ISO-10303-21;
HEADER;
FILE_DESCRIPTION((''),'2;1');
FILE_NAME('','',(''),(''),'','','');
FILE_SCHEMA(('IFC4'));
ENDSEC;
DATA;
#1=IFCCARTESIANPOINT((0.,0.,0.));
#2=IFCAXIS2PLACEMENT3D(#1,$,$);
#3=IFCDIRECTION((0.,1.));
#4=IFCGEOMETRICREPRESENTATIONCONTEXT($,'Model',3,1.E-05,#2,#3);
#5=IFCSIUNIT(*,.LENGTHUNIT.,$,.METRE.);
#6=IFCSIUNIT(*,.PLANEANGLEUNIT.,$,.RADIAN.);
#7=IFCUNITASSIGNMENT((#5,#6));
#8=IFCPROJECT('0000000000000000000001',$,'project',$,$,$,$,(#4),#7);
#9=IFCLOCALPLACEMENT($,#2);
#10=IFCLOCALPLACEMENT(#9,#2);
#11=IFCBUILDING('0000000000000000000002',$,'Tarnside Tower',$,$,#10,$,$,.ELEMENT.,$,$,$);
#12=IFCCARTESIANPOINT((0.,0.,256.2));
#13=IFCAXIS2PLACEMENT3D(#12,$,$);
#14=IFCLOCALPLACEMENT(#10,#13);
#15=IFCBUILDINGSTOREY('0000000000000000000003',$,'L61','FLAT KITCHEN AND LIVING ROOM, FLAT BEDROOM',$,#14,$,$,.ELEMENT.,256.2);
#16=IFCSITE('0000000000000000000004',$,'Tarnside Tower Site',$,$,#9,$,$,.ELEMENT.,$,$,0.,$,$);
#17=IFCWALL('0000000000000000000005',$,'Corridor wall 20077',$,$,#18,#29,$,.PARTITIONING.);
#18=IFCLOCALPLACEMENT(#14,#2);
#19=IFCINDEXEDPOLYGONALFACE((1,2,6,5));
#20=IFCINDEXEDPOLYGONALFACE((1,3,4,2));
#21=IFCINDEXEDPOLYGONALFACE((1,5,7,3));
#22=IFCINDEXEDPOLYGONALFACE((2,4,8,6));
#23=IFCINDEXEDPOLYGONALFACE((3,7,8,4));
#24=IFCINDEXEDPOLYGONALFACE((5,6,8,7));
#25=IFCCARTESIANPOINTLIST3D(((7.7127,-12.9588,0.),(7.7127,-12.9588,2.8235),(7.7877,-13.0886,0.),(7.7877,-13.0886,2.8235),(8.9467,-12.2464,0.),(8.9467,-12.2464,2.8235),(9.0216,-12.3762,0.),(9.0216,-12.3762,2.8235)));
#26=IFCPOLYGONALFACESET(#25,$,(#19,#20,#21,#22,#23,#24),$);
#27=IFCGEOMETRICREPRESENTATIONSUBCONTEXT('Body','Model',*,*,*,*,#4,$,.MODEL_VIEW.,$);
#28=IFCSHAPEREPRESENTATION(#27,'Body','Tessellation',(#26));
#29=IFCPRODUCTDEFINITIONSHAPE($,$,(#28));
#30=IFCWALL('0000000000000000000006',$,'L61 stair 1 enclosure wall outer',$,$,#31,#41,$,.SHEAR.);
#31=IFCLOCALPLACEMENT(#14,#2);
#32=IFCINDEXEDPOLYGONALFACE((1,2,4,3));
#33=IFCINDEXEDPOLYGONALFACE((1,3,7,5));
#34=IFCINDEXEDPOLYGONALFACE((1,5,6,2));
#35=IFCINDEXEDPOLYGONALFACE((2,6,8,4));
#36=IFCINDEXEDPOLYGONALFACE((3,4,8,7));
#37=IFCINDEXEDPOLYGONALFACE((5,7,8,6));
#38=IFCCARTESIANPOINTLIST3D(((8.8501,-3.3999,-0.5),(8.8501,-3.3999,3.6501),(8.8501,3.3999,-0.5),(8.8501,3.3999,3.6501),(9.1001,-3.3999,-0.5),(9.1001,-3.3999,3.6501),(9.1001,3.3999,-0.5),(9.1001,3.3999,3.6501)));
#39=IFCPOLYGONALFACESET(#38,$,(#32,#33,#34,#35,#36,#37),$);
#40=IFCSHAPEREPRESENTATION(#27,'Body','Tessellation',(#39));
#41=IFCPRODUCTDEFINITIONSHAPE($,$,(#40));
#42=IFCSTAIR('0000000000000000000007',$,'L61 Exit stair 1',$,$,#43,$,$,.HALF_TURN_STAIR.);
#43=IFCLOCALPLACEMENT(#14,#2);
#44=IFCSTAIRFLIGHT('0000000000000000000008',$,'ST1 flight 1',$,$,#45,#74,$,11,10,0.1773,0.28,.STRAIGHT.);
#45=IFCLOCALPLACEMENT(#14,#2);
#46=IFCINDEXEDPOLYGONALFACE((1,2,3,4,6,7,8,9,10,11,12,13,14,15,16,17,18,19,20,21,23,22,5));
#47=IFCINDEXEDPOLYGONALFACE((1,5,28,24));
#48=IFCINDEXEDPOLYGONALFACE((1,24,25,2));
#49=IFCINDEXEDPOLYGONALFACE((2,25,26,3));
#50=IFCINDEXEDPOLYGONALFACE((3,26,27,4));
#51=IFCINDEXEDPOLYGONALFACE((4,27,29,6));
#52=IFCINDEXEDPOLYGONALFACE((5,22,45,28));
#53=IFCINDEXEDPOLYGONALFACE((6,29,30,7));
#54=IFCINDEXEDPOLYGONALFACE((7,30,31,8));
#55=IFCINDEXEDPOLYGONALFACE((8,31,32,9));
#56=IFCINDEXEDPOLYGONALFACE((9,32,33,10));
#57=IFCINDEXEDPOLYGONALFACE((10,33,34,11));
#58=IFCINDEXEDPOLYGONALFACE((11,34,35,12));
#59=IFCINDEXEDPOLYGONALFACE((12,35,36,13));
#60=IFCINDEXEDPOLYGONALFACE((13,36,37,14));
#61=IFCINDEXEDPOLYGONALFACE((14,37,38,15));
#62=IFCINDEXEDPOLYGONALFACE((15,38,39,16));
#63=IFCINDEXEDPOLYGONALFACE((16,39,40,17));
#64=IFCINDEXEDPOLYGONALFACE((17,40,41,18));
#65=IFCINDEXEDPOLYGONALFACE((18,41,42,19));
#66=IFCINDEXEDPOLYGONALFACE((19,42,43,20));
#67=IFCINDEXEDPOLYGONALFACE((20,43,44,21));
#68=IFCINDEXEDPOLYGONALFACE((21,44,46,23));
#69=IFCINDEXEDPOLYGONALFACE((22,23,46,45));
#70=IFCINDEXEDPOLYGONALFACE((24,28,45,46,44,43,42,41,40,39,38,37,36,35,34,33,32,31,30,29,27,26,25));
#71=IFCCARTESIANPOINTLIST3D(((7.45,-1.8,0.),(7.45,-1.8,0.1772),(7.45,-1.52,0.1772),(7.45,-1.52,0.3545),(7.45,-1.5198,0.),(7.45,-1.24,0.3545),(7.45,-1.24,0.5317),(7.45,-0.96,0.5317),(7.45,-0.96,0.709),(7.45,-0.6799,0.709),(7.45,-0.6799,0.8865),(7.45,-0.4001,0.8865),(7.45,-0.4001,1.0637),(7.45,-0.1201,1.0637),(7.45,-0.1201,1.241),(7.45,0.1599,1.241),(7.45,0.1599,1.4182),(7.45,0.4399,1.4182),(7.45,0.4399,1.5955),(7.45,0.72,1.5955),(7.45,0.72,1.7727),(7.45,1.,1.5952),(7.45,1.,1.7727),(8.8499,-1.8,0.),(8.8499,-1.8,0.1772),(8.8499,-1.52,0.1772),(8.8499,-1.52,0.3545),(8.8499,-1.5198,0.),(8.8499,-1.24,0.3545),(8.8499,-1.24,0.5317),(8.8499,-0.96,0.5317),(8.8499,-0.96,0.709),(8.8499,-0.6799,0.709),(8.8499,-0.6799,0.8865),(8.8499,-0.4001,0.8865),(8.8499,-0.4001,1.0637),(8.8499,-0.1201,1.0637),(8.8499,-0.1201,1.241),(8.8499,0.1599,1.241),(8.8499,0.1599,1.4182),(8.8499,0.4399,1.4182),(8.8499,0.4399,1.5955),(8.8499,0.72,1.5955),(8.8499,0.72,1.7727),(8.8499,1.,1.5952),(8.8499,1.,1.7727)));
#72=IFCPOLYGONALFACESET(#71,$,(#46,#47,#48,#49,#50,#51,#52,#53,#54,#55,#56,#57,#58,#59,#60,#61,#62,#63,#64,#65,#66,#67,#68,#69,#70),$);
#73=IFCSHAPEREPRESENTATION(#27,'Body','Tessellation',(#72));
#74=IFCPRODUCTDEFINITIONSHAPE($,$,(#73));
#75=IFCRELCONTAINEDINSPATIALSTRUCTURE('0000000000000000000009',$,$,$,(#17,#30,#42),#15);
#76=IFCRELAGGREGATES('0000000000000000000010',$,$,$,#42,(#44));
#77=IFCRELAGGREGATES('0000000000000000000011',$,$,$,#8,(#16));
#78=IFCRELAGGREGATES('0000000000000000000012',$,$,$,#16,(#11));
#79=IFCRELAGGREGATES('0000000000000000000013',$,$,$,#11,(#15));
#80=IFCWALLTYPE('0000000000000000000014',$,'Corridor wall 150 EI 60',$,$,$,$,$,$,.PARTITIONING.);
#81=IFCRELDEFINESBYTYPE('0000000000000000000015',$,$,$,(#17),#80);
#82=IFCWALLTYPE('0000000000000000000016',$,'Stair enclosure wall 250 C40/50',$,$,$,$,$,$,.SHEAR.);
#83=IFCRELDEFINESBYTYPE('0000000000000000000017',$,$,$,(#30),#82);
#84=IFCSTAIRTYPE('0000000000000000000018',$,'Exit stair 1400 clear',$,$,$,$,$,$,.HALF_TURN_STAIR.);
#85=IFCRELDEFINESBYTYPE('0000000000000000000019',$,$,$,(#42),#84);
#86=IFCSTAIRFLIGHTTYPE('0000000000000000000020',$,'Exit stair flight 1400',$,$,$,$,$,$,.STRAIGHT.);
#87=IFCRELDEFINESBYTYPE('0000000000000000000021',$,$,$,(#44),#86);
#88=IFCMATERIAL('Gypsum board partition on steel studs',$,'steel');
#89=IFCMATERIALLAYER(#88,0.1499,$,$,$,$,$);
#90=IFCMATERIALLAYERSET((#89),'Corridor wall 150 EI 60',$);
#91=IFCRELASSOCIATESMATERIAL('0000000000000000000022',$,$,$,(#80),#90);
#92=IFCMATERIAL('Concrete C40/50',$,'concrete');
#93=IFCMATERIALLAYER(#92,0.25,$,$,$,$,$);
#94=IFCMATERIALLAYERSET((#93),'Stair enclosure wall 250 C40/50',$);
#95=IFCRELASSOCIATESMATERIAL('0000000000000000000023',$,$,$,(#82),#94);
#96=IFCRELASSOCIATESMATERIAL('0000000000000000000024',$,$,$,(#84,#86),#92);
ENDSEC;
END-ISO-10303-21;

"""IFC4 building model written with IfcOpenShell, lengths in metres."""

from ifc_helpers import new_model, si_unit, direction, frame, frame_2d, origin, place, context, subcontext, project, spatial, polyline, rectangle, outline, extrude, material, layer, layer_set, type_object, element, aggregate, save


model = new_model("IFC4")

# Units and contexts
model_context = context("Model", 3, precision=1e-05, world=origin(), true_north=direction((0.0, 1.0)))
body_context = subcontext(model_context, "Body", "Model", "MODEL_VIEW")
ifc_project = project(units=[si_unit("LENGTHUNIT", "METRE"), si_unit("PLANEANGLEUNIT", "RADIAN")], contexts=[model_context])

# Site, building, storey
site_placement = place(None, origin())
site = spatial("IfcSite", under=ifc_project, at=site_placement, Name="Tarnside Tower Site", CompositionType="ELEMENT", RefElevation=0.0)
building_placement = place(site_placement, origin())
building = spatial("IfcBuilding", under=site, at=building_placement, Name="Tarnside Tower", CompositionType="ELEMENT")
storey_placement = place(building_placement, frame((0.0, 0.0, 256.2)))
storey = spatial("IfcBuildingStorey", under=building, at=storey_placement, Name="L61", Description="FLAT KITCHEN AND LIVING ROOM, FLAT BEDROOM", CompositionType="ELEMENT", Elevation=256.2)

# Shared definitions
ifc_material_1 = material(Name="Gypsum board partition on steel studs", Category="steel")

# Shared definitions
ifc_layer_1 = layer(ifc_material_1, 0.1499)
ifc_layer_set_1 = layer_set([ifc_layer_1], Name="Corridor wall 150 EI 60")
wall_type_1 = type_object("IfcWallType", Name="Corridor wall 150 EI 60", PredefinedType="PARTITIONING", material=ifc_layer_set_1)

# Walls
wall_1_placement = place(storey_placement, frame((8.9841, -12.3113, 0.0), z_axis=(0.0, 0.0, 1.0), x_axis=(-0.86602, -0.500009, 0.0)))
element("IfcWall", 1, at=wall_1_placement, inside=storey, type_object=wall_type_1, Name="Corridor wall 20077", PredefinedType="PARTITIONING", context=body_context, shape_type="SweptSolid", body=[
    extrude(rectangle(XDim=1.4248, YDim=0.1499, at=frame_2d((0.7124, 0.0))), origin(), (0.0, 0.0, 1.0), 2.8235),
])
ifc_material_2 = material(Name="Concrete C40/50", Category="concrete")
ifc_layer_2 = layer(ifc_material_2, 0.25)
ifc_layer_set_2 = layer_set([ifc_layer_2], Name="Stair enclosure wall 250 C40/50")
wall_type_2 = type_object("IfcWallType", Name="Stair enclosure wall 250 C40/50", PredefinedType="SHEAR", material=ifc_layer_set_2)
wall_2_placement = place(storey_placement, frame((8.9751, -3.3999, -0.5), z_axis=(0.0, 0.0, 1.0), x_axis=(0.0, 1.0, 0.0)))
element("IfcWall", 2, at=wall_2_placement, inside=storey, type_object=wall_type_2, Name="L61 stair 1 enclosure wall outer", PredefinedType="SHEAR", context=body_context, shape_type="SweptSolid", body=[
    extrude(rectangle(XDim=6.7998, YDim=0.25, at=frame_2d((3.3999, 0.0))), origin(), (0.0, 0.0, 1.0), 4.1501),
])

# Stair, stair flight
stair_type = type_object("IfcStairType", Name="Exit stair 1400 clear", PredefinedType="HALF_TURN_STAIR", material=ifc_material_2)
stair_placement = place(storey_placement, origin())
stair = element("IfcStair", 3, at=stair_placement, inside=storey, type_object=stair_type, Name="L61 Exit stair 1", PredefinedType="HALF_TURN_STAIR")
stair_flight_type = type_object("IfcStairFlightType", Name="Exit stair flight 1400", PredefinedType="STRAIGHT", material=ifc_material_2)
stair_flight_placement = place(storey_placement, frame((8.1499, -1.8, 0.0), z_axis=(0.0, 0.0, 1.0), x_axis=(0.0, 1.0, 0.0)))
stair_flight = element("IfcStairFlight", 4, at=stair_flight_placement, type_object=stair_flight_type, Name="ST1 flight 1", NumberOfRisers=11, NumberOfTreads=10, PredefinedType="STRAIGHT", RiserHeight=0.1773, TreadLength=0.28, context=body_context, shape_type="SweptSolid", body=[
    extrude(outline(polyline([(0.0, 0.0), (0.0, 0.1772), (0.28, 0.1772), (0.28, 0.3545), (0.5601, 0.3545), (0.5601, 0.5317), (0.8401, 0.5317), (0.8401, 0.709), (1.1201, 0.709), (1.1201, 0.8865), (1.3999, 0.8865), (1.3999, 1.0637), (1.6799, 1.0637), (1.6799, 1.241), (1.96, 1.241), (1.96, 1.4182), (2.24, 1.4182), (2.24, 1.5955), (2.52, 1.5955), (2.52, 1.7727), (2.8, 1.7727), (2.8, 1.95), (2.8, 1.5952), (0.2803, 0.0), (0.0, 0.0)])), frame((0.0, 0.7, 0.0), z_axis=(0.0, -1.0, 0.0), x_axis=(1.0, 0.0, 0.0)), (0.0, 0.0, 1.0), 1.3999),
])
aggregate(stair, [stair_flight])

save(model, "model.ifc")
